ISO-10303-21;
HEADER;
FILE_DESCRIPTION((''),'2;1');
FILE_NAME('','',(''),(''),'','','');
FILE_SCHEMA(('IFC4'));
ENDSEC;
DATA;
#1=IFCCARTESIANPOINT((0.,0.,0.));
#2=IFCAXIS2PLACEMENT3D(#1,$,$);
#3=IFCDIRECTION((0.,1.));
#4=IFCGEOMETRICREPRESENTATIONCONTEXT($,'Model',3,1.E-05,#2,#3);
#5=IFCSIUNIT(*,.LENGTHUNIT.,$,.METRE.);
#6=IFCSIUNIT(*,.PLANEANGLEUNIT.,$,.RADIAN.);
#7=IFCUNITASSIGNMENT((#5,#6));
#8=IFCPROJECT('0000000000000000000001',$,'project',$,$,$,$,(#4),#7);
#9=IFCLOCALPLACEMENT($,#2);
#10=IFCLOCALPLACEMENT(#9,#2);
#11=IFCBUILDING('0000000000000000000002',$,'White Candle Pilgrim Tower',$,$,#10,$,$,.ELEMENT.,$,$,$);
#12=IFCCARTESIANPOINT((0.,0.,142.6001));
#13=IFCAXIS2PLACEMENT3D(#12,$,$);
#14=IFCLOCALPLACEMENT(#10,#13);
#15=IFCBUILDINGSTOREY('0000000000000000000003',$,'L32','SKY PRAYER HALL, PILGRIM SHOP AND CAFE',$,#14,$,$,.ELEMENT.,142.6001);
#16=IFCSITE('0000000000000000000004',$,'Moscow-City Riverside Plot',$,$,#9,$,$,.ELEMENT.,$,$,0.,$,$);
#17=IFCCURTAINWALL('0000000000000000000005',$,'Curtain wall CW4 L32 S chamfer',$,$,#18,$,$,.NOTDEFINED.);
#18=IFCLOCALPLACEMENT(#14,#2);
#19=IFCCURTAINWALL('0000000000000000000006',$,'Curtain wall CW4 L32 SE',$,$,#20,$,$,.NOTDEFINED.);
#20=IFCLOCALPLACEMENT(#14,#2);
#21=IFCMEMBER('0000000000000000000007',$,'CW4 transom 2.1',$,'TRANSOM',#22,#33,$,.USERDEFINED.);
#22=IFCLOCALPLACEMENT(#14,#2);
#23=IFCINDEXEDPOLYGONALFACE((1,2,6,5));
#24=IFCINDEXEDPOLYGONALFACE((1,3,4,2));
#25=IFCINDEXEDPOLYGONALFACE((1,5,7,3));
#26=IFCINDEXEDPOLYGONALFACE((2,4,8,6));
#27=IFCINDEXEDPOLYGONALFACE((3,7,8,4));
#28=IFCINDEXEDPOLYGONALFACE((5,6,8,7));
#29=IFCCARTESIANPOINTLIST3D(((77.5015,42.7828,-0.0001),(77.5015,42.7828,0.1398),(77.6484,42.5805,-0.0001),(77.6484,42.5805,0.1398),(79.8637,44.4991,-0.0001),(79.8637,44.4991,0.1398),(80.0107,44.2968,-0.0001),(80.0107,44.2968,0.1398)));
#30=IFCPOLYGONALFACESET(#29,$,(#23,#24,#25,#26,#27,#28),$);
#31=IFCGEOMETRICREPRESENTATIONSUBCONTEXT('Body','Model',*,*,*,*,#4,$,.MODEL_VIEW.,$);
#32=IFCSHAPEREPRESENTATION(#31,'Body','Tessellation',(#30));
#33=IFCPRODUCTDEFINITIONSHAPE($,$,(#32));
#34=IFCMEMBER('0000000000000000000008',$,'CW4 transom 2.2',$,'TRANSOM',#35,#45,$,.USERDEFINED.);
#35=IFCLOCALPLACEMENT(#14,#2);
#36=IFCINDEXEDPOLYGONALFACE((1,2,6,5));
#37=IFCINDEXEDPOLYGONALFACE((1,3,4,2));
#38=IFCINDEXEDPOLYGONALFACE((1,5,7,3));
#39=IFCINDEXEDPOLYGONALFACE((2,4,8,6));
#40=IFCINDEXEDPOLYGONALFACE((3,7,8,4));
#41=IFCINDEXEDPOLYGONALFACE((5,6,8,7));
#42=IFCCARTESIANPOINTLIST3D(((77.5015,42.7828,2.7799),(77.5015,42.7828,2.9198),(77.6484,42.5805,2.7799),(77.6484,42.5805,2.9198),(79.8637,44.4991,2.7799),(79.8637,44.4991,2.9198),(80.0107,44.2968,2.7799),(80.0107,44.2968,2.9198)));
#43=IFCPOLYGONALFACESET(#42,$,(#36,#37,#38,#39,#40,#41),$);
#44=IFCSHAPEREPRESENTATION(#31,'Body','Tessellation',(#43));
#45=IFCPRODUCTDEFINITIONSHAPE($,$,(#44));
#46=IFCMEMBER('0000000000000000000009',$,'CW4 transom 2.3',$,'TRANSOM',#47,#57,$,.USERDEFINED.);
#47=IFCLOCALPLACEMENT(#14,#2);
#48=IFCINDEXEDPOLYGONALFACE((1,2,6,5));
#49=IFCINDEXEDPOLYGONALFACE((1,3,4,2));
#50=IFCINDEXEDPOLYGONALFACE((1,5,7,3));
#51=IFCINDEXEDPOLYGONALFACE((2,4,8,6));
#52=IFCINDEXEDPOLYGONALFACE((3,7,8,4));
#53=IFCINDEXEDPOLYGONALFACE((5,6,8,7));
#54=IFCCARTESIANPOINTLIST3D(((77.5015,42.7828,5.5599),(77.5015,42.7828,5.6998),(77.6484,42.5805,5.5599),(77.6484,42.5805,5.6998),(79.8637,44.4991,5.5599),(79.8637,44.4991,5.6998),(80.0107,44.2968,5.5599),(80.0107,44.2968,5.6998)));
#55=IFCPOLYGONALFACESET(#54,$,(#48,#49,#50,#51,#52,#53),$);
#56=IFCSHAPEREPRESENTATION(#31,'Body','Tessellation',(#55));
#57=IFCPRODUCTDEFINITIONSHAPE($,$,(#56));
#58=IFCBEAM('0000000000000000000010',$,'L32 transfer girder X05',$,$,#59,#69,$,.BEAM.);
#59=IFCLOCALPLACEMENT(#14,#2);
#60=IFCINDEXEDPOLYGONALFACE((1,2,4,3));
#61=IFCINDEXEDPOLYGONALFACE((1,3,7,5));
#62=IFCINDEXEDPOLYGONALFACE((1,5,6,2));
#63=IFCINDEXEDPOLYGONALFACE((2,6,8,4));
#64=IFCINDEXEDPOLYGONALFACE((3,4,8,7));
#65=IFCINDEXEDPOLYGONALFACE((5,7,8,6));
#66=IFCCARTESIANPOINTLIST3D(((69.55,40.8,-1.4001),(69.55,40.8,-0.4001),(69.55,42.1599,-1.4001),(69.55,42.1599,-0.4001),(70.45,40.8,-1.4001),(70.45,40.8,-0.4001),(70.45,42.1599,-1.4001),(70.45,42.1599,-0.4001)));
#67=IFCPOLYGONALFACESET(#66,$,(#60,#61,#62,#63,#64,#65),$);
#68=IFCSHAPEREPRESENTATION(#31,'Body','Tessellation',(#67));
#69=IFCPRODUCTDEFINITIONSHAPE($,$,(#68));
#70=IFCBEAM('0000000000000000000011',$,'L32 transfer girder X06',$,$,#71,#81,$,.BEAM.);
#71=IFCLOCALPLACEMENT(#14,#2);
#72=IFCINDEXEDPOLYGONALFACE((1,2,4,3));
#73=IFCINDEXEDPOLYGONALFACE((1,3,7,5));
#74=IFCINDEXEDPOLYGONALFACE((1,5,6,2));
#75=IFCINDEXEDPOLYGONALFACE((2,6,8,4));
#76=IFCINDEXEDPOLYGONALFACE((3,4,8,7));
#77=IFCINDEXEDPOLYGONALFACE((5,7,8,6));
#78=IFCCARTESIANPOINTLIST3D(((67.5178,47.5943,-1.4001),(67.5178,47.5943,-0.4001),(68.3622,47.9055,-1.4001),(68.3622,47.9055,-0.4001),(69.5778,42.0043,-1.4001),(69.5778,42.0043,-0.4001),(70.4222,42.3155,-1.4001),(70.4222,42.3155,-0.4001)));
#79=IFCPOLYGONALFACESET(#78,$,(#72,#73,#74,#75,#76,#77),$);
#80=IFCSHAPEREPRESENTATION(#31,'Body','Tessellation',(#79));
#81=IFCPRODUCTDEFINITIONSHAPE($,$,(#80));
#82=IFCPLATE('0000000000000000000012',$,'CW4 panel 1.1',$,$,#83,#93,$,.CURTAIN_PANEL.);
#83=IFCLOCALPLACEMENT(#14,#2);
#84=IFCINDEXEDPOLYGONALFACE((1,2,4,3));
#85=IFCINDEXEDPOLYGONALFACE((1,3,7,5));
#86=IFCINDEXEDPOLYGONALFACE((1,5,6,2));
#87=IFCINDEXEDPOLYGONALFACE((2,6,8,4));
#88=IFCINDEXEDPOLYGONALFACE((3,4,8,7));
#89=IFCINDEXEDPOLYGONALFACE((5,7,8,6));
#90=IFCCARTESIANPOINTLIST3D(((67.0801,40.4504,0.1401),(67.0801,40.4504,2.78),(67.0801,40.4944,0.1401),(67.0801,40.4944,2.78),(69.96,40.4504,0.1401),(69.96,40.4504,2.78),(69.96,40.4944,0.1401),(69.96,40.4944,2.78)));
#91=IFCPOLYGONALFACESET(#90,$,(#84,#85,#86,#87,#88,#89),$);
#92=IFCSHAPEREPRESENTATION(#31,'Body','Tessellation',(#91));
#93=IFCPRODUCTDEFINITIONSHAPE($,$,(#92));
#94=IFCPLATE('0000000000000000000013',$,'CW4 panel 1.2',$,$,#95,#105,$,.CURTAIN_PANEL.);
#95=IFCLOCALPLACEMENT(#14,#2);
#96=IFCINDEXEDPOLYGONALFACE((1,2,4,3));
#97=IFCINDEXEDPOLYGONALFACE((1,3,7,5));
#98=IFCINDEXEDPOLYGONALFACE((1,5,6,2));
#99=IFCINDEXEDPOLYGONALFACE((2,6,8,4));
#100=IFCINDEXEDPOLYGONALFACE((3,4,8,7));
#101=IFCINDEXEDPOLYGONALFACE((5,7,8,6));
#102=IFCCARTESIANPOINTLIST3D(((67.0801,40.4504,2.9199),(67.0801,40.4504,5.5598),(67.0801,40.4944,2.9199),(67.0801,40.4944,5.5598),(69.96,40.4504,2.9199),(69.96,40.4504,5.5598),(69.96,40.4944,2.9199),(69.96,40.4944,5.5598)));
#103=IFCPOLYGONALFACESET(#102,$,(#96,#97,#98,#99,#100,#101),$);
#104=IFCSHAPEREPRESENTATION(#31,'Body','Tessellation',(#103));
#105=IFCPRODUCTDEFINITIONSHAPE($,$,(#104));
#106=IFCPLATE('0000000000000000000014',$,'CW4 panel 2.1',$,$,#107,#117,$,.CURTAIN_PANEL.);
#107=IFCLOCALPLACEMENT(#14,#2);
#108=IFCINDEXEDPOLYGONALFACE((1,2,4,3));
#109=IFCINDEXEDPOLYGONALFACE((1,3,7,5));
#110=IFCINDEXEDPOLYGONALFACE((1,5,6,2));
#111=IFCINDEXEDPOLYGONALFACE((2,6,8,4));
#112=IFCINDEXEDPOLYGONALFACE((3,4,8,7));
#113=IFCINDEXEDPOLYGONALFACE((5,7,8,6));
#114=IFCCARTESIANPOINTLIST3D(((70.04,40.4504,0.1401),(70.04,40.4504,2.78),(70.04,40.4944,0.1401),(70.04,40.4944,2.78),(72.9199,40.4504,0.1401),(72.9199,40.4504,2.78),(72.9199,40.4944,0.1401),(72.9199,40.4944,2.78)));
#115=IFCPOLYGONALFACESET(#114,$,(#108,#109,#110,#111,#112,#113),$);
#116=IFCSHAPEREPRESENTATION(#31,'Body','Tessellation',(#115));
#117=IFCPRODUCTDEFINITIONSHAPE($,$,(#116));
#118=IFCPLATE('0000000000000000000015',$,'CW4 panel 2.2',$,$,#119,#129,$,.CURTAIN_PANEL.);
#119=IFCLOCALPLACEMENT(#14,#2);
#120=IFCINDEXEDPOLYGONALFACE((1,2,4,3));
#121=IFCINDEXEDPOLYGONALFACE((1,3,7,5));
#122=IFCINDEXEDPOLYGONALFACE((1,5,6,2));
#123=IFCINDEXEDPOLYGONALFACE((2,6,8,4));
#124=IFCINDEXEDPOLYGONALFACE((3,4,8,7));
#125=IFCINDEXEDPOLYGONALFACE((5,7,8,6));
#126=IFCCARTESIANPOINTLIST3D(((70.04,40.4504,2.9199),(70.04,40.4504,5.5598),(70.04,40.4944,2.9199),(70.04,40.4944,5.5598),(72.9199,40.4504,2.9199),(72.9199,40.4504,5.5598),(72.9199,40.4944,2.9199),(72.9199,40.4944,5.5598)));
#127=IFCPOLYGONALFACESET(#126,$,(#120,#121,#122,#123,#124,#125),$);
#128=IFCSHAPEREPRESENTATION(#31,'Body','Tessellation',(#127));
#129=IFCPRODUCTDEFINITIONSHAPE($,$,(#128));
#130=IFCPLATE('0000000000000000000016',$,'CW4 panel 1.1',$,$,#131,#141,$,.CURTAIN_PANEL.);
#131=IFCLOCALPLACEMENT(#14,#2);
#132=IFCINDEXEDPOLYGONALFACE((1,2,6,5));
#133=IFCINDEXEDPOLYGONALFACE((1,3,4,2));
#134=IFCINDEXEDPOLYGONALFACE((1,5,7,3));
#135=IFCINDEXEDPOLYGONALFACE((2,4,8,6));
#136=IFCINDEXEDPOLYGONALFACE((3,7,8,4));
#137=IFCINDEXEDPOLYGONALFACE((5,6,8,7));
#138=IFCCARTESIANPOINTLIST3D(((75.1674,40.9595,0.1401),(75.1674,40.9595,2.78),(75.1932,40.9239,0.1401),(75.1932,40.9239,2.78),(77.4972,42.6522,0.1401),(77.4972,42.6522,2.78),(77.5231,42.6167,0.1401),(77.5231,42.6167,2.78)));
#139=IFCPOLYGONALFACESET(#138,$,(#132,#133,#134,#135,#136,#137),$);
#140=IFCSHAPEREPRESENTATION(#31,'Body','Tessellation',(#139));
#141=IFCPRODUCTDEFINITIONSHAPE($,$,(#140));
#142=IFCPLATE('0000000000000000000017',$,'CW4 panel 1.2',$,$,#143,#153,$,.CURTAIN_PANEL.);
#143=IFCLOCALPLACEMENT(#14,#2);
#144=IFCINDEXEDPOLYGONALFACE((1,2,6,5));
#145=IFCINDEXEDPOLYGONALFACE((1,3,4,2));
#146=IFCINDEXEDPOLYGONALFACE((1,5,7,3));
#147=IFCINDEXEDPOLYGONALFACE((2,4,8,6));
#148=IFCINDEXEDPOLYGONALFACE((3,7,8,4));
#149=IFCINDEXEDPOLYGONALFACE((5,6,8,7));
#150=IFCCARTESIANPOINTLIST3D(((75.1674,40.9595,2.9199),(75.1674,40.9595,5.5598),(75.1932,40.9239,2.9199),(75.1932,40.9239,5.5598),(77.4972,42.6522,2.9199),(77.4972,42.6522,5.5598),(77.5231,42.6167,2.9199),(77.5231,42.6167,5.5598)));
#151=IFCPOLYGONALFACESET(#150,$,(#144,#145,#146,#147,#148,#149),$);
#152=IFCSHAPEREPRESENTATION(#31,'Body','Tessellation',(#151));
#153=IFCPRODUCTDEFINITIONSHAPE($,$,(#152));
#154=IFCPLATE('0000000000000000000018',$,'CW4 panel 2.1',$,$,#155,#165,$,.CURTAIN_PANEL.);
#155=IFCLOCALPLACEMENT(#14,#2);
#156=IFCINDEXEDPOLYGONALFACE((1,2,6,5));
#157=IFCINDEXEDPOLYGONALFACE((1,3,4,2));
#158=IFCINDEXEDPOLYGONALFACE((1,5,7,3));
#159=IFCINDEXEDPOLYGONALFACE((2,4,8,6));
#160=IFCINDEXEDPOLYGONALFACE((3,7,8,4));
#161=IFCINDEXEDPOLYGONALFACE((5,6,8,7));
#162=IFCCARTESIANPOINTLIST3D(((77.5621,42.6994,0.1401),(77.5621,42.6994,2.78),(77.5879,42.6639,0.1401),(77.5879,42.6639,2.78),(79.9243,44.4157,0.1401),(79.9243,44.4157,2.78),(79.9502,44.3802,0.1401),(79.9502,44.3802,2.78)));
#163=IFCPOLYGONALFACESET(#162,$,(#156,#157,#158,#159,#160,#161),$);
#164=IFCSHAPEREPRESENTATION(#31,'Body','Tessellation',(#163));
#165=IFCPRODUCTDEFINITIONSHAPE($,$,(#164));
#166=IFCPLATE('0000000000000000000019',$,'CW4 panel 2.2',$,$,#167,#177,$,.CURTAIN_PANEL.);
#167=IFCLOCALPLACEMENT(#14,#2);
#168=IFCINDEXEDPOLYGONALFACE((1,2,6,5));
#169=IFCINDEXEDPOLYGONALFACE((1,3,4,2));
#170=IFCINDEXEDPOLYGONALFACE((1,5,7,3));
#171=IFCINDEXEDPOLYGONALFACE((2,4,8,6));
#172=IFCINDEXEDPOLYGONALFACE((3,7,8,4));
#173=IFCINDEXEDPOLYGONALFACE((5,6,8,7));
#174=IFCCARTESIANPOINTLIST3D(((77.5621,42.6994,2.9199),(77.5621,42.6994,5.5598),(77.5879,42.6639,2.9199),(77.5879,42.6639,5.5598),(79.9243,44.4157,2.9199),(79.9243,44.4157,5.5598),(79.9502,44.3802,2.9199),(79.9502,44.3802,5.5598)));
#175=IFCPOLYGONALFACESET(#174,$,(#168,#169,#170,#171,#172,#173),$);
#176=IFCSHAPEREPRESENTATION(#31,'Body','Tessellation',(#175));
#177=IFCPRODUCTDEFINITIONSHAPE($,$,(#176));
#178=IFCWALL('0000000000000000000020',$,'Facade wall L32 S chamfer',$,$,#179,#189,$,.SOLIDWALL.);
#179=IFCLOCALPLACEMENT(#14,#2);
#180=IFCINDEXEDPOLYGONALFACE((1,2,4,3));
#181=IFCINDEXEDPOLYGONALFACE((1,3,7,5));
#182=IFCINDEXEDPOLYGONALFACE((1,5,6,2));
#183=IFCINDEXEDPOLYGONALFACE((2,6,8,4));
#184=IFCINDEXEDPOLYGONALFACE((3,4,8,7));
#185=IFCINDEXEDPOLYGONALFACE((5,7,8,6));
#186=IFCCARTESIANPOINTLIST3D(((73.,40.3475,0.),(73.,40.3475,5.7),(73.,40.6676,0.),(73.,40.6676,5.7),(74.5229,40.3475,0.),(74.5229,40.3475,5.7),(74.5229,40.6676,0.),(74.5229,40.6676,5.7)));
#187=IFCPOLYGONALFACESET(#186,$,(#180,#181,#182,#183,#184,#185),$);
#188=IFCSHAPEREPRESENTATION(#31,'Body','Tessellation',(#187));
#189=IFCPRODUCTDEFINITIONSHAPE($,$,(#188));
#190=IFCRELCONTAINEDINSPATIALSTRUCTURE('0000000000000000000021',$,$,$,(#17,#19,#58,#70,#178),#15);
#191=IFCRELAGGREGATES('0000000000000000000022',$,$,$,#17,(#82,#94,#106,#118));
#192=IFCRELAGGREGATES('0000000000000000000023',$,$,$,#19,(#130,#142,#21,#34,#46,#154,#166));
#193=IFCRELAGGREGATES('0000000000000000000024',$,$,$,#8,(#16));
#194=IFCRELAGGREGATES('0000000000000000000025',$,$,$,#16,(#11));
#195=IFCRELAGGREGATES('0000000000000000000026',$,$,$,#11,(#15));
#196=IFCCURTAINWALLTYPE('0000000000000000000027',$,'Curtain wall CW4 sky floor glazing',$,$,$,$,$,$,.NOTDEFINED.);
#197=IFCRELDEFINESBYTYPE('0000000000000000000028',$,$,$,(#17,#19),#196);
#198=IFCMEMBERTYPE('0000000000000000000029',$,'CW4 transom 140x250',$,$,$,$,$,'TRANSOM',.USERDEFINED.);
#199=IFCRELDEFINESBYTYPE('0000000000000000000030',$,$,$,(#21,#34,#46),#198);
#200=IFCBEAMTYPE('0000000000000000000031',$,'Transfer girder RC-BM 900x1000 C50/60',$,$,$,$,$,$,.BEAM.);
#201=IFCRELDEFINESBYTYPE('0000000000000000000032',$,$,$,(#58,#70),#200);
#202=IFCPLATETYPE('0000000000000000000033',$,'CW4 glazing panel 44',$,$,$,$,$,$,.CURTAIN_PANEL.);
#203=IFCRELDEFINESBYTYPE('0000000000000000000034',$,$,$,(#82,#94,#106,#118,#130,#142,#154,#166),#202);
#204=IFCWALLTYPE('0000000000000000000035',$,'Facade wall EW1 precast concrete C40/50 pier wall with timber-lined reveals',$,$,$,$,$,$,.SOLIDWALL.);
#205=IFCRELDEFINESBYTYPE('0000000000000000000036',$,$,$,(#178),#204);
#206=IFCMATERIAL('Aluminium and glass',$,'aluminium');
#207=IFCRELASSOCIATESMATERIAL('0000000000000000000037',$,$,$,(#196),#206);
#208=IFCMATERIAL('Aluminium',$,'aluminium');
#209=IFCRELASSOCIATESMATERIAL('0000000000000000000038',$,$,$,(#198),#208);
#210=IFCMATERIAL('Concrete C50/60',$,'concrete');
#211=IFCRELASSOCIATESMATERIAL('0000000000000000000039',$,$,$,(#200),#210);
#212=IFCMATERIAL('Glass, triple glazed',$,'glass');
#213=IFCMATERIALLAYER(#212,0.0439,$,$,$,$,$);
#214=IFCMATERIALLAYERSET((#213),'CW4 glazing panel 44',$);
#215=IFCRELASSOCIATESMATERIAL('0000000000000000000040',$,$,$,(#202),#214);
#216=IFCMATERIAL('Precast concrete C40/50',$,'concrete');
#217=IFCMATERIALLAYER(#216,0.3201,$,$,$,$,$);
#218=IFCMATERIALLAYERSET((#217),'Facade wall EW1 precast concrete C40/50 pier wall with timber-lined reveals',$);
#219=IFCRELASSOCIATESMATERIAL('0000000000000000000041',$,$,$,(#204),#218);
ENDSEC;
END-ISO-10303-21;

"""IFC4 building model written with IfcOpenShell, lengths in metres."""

from ifc_helpers import new_model, si_unit, direction, frame, frame_2d, origin, origin_2d, place, context, subcontext, project, spatial, rectangle, extrude, material, layer, layer_set, material_profile, profile_set, type_object, element, aggregate, save


model = new_model("IFC4")

# Units and contexts
model_context = context("Model", 3, precision=1e-05, world=origin(), true_north=direction((0.0, 1.0)))
body_context = subcontext(model_context, "Body", "Model", "MODEL_VIEW")
ifc_project = project(units=[si_unit("LENGTHUNIT", "METRE"), si_unit("PLANEANGLEUNIT", "RADIAN")], contexts=[model_context])

# Site, building, storey
site_placement = place(None, origin())
site = spatial("IfcSite", under=ifc_project, at=site_placement, Name="Moscow-City Riverside Plot", CompositionType="ELEMENT", RefElevation=0.0)
building_placement = place(site_placement, origin())
building = spatial("IfcBuilding", under=site, at=building_placement, Name="White Candle Pilgrim Tower", CompositionType="ELEMENT")
storey_placement = place(building_placement, frame((0.0, 0.0, 142.6001)))
storey = spatial("IfcBuildingStorey", under=building, at=storey_placement, Name="L32", Description="SKY PRAYER HALL, PILGRIM SHOP AND CAFE", CompositionType="ELEMENT", Elevation=142.6001)

# Curtain walls
ifc_material_1 = material(Name="Aluminium and glass", Category="aluminium")
curtain_wall_type = type_object("IfcCurtainWallType", Name="Curtain wall CW4 sky floor glazing", PredefinedType="NOTDEFINED", material=ifc_material_1)
curtain_wall_1_placement = place(storey_placement, origin())
curtain_wall_1 = element("IfcCurtainWall", 1, at=curtain_wall_1_placement, inside=storey, type_object=curtain_wall_type, Name="Curtain wall CW4 L32 S chamfer", PredefinedType="NOTDEFINED")
ifc_material_2 = material(Name="Aluminium", Category="aluminium")
curtain_wall_2_placement = place(storey_placement, origin())
curtain_wall_2 = element("IfcCurtainWall", 2, at=curtain_wall_2_placement, inside=storey, type_object=curtain_wall_type, Name="Curtain wall CW4 L32 SE", PredefinedType="NOTDEFINED")

# Members
ifc_material_profile_1 = material_profile(ifc_material_2, rectangle(XDim=0.25, YDim=0.1399, at=origin_2d()), Name="CW4 transom 140x250")
ifc_profile_set_1 = profile_set([ifc_material_profile_1], Name="Aluminium")
member_type_1 = type_object("IfcMemberType", Name="CW4 transom 140x250", ElementType="TRANSOM", PredefinedType="USERDEFINED", material=ifc_profile_set_1)
member_1_placement = place(storey_placement, frame((77.575, 42.6816, 0.0698), z_axis=(0.809018, 0.587784, 0.0), x_axis=(-0.587784, 0.809018, 0.0)))
member_1 = element("IfcMember", 3, at=member_1_placement, type_object=member_type_1, Name="CW4 transom 2.1", ObjectType="TRANSOM", PredefinedType="USERDEFINED", context=body_context, shape_type="SweptSolid", body=[
    extrude(rectangle(XDim=0.25, YDim=0.1399, at=origin_2d()), origin(), (0.0, 0.0, 1.0), 2.9199),
])
member_2_placement = place(storey_placement, frame((77.575, 42.6816, 2.8499), z_axis=(0.809018, 0.587784, 0.0), x_axis=(-0.587784, 0.809018, 0.0)))
member_2 = element("IfcMember", 4, at=member_2_placement, type_object=member_type_1, Name="CW4 transom 2.2", ObjectType="TRANSOM", PredefinedType="USERDEFINED", context=body_context, shape_type="SweptSolid", body=[
    extrude(rectangle(XDim=0.25, YDim=0.1399, at=origin_2d()), origin(), (0.0, 0.0, 1.0), 2.9199),
])
member_3_placement = place(storey_placement, frame((77.575, 42.6816, 5.6299), z_axis=(0.809018, 0.587784, 0.0), x_axis=(-0.587784, 0.809018, 0.0)))
member_3 = element("IfcMember", 5, at=member_3_placement, type_object=member_type_1, Name="CW4 transom 2.3", ObjectType="TRANSOM", PredefinedType="USERDEFINED", context=body_context, shape_type="SweptSolid", body=[
    extrude(rectangle(XDim=0.25, YDim=0.1399, at=origin_2d()), origin(), (0.0, 0.0, 1.0), 2.9199),
])

# Beams
ifc_material_3 = material(Name="Concrete C50/60", Category="concrete")
ifc_material_profile_2 = material_profile(ifc_material_3, rectangle(XDim=0.8999, YDim=1.0, at=origin_2d()), Name="RC-BM 900x1000")
ifc_profile_set_2 = profile_set([ifc_material_profile_2], Name="Concrete C50/60")
beam_type = type_object("IfcBeamType", Name="Transfer girder RC-BM 900x1000 C50/60", PredefinedType="BEAM", material=ifc_profile_set_2)
beam_1_placement = place(storey_placement, frame((70.0, 40.8, -0.9001), z_axis=(0.0, 1.0, 0.0), x_axis=(-1.0, 0.0, 0.0)))
element("IfcBeam", 6, at=beam_1_placement, inside=storey, type_object=beam_type, Name="L32 transfer girder X05", PredefinedType="BEAM", context=body_context, shape_type="SweptSolid", body=[
    extrude(rectangle(XDim=0.8999, YDim=1.0, at=origin_2d()), origin(), (0.0, 0.0, 1.0), 1.3599),
])
beam_2_placement = place(storey_placement, frame((70.0, 42.1599, -0.9001), z_axis=(-0.345787, 0.938313, 0.0), x_axis=(-0.938313, -0.345787, 0.0)))
element("IfcBeam", 7, at=beam_2_placement, inside=storey, type_object=beam_type, Name="L32 transfer girder X06", PredefinedType="BEAM", context=body_context, shape_type="SweptSolid", body=[
    extrude(rectangle(XDim=0.8999, YDim=1.0, at=origin_2d()), origin(), (0.0, 0.0, 1.0), 5.9575),
])

# Plates
ifc_material_4 = material(Name="Glass, triple glazed", Category="glass")
ifc_layer_1 = layer(ifc_material_4, 0.0439)
ifc_layer_set_1 = layer_set([ifc_layer_1], Name="CW4 glazing panel 44")
plate_type = type_object("IfcPlateType", Name="CW4 glazing panel 44", PredefinedType="CURTAIN_PANEL", material=ifc_layer_set_1)
plate_1_placement = place(storey_placement, frame((68.52, 40.4724, 0.1401), z_axis=(0.0, 0.0, 1.0), x_axis=(1.0, 0.0, 0.0)))
plate_1 = element("IfcPlate", 8, at=plate_1_placement, type_object=plate_type, Name="CW4 panel 1.1", PredefinedType="CURTAIN_PANEL", context=body_context, shape_type="SweptSolid", body=[
    extrude(rectangle(XDim=2.8799, YDim=0.0439, at=origin_2d()), origin(), (0.0, 0.0, 1.0), 2.6399),
])
plate_2_placement = place(storey_placement, frame((68.52, 40.4724, 2.9199), z_axis=(0.0, 0.0, 1.0), x_axis=(1.0, 0.0, 0.0)))
plate_2 = element("IfcPlate", 9, at=plate_2_placement, type_object=plate_type, Name="CW4 panel 1.2", PredefinedType="CURTAIN_PANEL", context=body_context, shape_type="SweptSolid", body=[
    extrude(rectangle(XDim=2.8799, YDim=0.0439, at=origin_2d()), origin(), (0.0, 0.0, 1.0), 2.6399),
])
plate_3_placement = place(storey_placement, frame((71.48, 40.4724, 0.1401), z_axis=(0.0, 0.0, 1.0), x_axis=(1.0, 0.0, 0.0)))
plate_3 = element("IfcPlate", 10, at=plate_3_placement, type_object=plate_type, Name="CW4 panel 2.1", PredefinedType="CURTAIN_PANEL", context=body_context, shape_type="SweptSolid", body=[
    extrude(rectangle(XDim=2.8799, YDim=0.0439, at=origin_2d()), origin(), (0.0, 0.0, 1.0), 2.6399),
])
plate_4_placement = place(storey_placement, frame((71.48, 40.4724, 2.9199), z_axis=(0.0, 0.0, 1.0), x_axis=(1.0, 0.0, 0.0)))
plate_4 = element("IfcPlate", 11, at=plate_4_placement, type_object=plate_type, Name="CW4 panel 2.2", PredefinedType="CURTAIN_PANEL", context=body_context, shape_type="SweptSolid", body=[
    extrude(rectangle(XDim=2.8799, YDim=0.0439, at=origin_2d()), origin(), (0.0, 0.0, 1.0), 2.6399),
])
aggregate(curtain_wall_1, [plate_1, plate_2, plate_3, plate_4])
plate_5_placement = place(storey_placement, frame((76.3452, 41.7881, 0.1401), z_axis=(0.0, 0.0, 1.0), x_axis=(0.809017, 0.587785, 0.0)))
plate_5 = element("IfcPlate", 12, at=plate_5_placement, type_object=plate_type, Name="CW4 panel 1.1", PredefinedType="CURTAIN_PANEL", context=body_context, shape_type="SweptSolid", body=[
    extrude(rectangle(XDim=2.8799, YDim=0.0439, at=origin_2d()), origin(), (0.0, 0.0, 1.0), 2.6399),
])
plate_6_placement = place(storey_placement, frame((76.3452, 41.7881, 2.9199), z_axis=(0.0, 0.0, 1.0), x_axis=(0.809017, 0.587785, 0.0)))
plate_6 = element("IfcPlate", 13, at=plate_6_placement, type_object=plate_type, Name="CW4 panel 1.2", PredefinedType="CURTAIN_PANEL", context=body_context, shape_type="SweptSolid", body=[
    extrude(rectangle(XDim=2.8799, YDim=0.0439, at=origin_2d()), origin(), (0.0, 0.0, 1.0), 2.6399),
])
plate_7_placement = place(storey_placement, frame((78.7561, 43.5398, 0.1401), z_axis=(0.0, 0.0, 1.0), x_axis=(0.809017, 0.587785, 0.0)))
plate_7 = element("IfcPlate", 14, at=plate_7_placement, type_object=plate_type, Name="CW4 panel 2.1", PredefinedType="CURTAIN_PANEL", context=body_context, shape_type="SweptSolid", body=[
    extrude(rectangle(XDim=2.9199, YDim=0.0439, at=origin_2d()), origin(), (0.0, 0.0, 1.0), 2.6399),
])
plate_8_placement = place(storey_placement, frame((78.7561, 43.5398, 2.9199), z_axis=(0.0, 0.0, 1.0), x_axis=(0.809017, 0.587785, 0.0)))
plate_8 = element("IfcPlate", 15, at=plate_8_placement, type_object=plate_type, Name="CW4 panel 2.2", PredefinedType="CURTAIN_PANEL", context=body_context, shape_type="SweptSolid", body=[
    extrude(rectangle(XDim=2.9199, YDim=0.0439, at=origin_2d()), origin(), (0.0, 0.0, 1.0), 2.6399),
])
aggregate(curtain_wall_2, [plate_5, plate_6, member_1, member_2, member_3, plate_7, plate_8])

# Wall
ifc_material_5 = material(Name="Precast concrete C40/50", Category="concrete")
ifc_layer_2 = layer(ifc_material_5, 0.3201)
ifc_layer_set_2 = layer_set([ifc_layer_2], Name="Facade wall EW1 precast concrete C40/50 pier wall with timber-lined reveals")
wall_type_1 = type_object("IfcWallType", Name="Facade wall EW1 precast concrete C40/50 pier wall with timber-lined reveals", PredefinedType="SOLIDWALL", material=ifc_layer_set_2)
wall_1_placement = place(storey_placement, frame((73.0, 40.5076, 0.0), z_axis=(0.0, 0.0, 1.0), x_axis=(1.0, 0.0, 0.0)))
element("IfcWall", 16, at=wall_1_placement, inside=storey, type_object=wall_type_1, Name="Facade wall L32 S chamfer", PredefinedType="SOLIDWALL", context=body_context, shape_type="SweptSolid", body=[
    extrude(rectangle(XDim=1.5229, YDim=0.3201, at=frame_2d((0.7615, 0.0))), origin(), (0.0, 0.0, 1.0), 5.7),
])

save(model, "model.ifc")
